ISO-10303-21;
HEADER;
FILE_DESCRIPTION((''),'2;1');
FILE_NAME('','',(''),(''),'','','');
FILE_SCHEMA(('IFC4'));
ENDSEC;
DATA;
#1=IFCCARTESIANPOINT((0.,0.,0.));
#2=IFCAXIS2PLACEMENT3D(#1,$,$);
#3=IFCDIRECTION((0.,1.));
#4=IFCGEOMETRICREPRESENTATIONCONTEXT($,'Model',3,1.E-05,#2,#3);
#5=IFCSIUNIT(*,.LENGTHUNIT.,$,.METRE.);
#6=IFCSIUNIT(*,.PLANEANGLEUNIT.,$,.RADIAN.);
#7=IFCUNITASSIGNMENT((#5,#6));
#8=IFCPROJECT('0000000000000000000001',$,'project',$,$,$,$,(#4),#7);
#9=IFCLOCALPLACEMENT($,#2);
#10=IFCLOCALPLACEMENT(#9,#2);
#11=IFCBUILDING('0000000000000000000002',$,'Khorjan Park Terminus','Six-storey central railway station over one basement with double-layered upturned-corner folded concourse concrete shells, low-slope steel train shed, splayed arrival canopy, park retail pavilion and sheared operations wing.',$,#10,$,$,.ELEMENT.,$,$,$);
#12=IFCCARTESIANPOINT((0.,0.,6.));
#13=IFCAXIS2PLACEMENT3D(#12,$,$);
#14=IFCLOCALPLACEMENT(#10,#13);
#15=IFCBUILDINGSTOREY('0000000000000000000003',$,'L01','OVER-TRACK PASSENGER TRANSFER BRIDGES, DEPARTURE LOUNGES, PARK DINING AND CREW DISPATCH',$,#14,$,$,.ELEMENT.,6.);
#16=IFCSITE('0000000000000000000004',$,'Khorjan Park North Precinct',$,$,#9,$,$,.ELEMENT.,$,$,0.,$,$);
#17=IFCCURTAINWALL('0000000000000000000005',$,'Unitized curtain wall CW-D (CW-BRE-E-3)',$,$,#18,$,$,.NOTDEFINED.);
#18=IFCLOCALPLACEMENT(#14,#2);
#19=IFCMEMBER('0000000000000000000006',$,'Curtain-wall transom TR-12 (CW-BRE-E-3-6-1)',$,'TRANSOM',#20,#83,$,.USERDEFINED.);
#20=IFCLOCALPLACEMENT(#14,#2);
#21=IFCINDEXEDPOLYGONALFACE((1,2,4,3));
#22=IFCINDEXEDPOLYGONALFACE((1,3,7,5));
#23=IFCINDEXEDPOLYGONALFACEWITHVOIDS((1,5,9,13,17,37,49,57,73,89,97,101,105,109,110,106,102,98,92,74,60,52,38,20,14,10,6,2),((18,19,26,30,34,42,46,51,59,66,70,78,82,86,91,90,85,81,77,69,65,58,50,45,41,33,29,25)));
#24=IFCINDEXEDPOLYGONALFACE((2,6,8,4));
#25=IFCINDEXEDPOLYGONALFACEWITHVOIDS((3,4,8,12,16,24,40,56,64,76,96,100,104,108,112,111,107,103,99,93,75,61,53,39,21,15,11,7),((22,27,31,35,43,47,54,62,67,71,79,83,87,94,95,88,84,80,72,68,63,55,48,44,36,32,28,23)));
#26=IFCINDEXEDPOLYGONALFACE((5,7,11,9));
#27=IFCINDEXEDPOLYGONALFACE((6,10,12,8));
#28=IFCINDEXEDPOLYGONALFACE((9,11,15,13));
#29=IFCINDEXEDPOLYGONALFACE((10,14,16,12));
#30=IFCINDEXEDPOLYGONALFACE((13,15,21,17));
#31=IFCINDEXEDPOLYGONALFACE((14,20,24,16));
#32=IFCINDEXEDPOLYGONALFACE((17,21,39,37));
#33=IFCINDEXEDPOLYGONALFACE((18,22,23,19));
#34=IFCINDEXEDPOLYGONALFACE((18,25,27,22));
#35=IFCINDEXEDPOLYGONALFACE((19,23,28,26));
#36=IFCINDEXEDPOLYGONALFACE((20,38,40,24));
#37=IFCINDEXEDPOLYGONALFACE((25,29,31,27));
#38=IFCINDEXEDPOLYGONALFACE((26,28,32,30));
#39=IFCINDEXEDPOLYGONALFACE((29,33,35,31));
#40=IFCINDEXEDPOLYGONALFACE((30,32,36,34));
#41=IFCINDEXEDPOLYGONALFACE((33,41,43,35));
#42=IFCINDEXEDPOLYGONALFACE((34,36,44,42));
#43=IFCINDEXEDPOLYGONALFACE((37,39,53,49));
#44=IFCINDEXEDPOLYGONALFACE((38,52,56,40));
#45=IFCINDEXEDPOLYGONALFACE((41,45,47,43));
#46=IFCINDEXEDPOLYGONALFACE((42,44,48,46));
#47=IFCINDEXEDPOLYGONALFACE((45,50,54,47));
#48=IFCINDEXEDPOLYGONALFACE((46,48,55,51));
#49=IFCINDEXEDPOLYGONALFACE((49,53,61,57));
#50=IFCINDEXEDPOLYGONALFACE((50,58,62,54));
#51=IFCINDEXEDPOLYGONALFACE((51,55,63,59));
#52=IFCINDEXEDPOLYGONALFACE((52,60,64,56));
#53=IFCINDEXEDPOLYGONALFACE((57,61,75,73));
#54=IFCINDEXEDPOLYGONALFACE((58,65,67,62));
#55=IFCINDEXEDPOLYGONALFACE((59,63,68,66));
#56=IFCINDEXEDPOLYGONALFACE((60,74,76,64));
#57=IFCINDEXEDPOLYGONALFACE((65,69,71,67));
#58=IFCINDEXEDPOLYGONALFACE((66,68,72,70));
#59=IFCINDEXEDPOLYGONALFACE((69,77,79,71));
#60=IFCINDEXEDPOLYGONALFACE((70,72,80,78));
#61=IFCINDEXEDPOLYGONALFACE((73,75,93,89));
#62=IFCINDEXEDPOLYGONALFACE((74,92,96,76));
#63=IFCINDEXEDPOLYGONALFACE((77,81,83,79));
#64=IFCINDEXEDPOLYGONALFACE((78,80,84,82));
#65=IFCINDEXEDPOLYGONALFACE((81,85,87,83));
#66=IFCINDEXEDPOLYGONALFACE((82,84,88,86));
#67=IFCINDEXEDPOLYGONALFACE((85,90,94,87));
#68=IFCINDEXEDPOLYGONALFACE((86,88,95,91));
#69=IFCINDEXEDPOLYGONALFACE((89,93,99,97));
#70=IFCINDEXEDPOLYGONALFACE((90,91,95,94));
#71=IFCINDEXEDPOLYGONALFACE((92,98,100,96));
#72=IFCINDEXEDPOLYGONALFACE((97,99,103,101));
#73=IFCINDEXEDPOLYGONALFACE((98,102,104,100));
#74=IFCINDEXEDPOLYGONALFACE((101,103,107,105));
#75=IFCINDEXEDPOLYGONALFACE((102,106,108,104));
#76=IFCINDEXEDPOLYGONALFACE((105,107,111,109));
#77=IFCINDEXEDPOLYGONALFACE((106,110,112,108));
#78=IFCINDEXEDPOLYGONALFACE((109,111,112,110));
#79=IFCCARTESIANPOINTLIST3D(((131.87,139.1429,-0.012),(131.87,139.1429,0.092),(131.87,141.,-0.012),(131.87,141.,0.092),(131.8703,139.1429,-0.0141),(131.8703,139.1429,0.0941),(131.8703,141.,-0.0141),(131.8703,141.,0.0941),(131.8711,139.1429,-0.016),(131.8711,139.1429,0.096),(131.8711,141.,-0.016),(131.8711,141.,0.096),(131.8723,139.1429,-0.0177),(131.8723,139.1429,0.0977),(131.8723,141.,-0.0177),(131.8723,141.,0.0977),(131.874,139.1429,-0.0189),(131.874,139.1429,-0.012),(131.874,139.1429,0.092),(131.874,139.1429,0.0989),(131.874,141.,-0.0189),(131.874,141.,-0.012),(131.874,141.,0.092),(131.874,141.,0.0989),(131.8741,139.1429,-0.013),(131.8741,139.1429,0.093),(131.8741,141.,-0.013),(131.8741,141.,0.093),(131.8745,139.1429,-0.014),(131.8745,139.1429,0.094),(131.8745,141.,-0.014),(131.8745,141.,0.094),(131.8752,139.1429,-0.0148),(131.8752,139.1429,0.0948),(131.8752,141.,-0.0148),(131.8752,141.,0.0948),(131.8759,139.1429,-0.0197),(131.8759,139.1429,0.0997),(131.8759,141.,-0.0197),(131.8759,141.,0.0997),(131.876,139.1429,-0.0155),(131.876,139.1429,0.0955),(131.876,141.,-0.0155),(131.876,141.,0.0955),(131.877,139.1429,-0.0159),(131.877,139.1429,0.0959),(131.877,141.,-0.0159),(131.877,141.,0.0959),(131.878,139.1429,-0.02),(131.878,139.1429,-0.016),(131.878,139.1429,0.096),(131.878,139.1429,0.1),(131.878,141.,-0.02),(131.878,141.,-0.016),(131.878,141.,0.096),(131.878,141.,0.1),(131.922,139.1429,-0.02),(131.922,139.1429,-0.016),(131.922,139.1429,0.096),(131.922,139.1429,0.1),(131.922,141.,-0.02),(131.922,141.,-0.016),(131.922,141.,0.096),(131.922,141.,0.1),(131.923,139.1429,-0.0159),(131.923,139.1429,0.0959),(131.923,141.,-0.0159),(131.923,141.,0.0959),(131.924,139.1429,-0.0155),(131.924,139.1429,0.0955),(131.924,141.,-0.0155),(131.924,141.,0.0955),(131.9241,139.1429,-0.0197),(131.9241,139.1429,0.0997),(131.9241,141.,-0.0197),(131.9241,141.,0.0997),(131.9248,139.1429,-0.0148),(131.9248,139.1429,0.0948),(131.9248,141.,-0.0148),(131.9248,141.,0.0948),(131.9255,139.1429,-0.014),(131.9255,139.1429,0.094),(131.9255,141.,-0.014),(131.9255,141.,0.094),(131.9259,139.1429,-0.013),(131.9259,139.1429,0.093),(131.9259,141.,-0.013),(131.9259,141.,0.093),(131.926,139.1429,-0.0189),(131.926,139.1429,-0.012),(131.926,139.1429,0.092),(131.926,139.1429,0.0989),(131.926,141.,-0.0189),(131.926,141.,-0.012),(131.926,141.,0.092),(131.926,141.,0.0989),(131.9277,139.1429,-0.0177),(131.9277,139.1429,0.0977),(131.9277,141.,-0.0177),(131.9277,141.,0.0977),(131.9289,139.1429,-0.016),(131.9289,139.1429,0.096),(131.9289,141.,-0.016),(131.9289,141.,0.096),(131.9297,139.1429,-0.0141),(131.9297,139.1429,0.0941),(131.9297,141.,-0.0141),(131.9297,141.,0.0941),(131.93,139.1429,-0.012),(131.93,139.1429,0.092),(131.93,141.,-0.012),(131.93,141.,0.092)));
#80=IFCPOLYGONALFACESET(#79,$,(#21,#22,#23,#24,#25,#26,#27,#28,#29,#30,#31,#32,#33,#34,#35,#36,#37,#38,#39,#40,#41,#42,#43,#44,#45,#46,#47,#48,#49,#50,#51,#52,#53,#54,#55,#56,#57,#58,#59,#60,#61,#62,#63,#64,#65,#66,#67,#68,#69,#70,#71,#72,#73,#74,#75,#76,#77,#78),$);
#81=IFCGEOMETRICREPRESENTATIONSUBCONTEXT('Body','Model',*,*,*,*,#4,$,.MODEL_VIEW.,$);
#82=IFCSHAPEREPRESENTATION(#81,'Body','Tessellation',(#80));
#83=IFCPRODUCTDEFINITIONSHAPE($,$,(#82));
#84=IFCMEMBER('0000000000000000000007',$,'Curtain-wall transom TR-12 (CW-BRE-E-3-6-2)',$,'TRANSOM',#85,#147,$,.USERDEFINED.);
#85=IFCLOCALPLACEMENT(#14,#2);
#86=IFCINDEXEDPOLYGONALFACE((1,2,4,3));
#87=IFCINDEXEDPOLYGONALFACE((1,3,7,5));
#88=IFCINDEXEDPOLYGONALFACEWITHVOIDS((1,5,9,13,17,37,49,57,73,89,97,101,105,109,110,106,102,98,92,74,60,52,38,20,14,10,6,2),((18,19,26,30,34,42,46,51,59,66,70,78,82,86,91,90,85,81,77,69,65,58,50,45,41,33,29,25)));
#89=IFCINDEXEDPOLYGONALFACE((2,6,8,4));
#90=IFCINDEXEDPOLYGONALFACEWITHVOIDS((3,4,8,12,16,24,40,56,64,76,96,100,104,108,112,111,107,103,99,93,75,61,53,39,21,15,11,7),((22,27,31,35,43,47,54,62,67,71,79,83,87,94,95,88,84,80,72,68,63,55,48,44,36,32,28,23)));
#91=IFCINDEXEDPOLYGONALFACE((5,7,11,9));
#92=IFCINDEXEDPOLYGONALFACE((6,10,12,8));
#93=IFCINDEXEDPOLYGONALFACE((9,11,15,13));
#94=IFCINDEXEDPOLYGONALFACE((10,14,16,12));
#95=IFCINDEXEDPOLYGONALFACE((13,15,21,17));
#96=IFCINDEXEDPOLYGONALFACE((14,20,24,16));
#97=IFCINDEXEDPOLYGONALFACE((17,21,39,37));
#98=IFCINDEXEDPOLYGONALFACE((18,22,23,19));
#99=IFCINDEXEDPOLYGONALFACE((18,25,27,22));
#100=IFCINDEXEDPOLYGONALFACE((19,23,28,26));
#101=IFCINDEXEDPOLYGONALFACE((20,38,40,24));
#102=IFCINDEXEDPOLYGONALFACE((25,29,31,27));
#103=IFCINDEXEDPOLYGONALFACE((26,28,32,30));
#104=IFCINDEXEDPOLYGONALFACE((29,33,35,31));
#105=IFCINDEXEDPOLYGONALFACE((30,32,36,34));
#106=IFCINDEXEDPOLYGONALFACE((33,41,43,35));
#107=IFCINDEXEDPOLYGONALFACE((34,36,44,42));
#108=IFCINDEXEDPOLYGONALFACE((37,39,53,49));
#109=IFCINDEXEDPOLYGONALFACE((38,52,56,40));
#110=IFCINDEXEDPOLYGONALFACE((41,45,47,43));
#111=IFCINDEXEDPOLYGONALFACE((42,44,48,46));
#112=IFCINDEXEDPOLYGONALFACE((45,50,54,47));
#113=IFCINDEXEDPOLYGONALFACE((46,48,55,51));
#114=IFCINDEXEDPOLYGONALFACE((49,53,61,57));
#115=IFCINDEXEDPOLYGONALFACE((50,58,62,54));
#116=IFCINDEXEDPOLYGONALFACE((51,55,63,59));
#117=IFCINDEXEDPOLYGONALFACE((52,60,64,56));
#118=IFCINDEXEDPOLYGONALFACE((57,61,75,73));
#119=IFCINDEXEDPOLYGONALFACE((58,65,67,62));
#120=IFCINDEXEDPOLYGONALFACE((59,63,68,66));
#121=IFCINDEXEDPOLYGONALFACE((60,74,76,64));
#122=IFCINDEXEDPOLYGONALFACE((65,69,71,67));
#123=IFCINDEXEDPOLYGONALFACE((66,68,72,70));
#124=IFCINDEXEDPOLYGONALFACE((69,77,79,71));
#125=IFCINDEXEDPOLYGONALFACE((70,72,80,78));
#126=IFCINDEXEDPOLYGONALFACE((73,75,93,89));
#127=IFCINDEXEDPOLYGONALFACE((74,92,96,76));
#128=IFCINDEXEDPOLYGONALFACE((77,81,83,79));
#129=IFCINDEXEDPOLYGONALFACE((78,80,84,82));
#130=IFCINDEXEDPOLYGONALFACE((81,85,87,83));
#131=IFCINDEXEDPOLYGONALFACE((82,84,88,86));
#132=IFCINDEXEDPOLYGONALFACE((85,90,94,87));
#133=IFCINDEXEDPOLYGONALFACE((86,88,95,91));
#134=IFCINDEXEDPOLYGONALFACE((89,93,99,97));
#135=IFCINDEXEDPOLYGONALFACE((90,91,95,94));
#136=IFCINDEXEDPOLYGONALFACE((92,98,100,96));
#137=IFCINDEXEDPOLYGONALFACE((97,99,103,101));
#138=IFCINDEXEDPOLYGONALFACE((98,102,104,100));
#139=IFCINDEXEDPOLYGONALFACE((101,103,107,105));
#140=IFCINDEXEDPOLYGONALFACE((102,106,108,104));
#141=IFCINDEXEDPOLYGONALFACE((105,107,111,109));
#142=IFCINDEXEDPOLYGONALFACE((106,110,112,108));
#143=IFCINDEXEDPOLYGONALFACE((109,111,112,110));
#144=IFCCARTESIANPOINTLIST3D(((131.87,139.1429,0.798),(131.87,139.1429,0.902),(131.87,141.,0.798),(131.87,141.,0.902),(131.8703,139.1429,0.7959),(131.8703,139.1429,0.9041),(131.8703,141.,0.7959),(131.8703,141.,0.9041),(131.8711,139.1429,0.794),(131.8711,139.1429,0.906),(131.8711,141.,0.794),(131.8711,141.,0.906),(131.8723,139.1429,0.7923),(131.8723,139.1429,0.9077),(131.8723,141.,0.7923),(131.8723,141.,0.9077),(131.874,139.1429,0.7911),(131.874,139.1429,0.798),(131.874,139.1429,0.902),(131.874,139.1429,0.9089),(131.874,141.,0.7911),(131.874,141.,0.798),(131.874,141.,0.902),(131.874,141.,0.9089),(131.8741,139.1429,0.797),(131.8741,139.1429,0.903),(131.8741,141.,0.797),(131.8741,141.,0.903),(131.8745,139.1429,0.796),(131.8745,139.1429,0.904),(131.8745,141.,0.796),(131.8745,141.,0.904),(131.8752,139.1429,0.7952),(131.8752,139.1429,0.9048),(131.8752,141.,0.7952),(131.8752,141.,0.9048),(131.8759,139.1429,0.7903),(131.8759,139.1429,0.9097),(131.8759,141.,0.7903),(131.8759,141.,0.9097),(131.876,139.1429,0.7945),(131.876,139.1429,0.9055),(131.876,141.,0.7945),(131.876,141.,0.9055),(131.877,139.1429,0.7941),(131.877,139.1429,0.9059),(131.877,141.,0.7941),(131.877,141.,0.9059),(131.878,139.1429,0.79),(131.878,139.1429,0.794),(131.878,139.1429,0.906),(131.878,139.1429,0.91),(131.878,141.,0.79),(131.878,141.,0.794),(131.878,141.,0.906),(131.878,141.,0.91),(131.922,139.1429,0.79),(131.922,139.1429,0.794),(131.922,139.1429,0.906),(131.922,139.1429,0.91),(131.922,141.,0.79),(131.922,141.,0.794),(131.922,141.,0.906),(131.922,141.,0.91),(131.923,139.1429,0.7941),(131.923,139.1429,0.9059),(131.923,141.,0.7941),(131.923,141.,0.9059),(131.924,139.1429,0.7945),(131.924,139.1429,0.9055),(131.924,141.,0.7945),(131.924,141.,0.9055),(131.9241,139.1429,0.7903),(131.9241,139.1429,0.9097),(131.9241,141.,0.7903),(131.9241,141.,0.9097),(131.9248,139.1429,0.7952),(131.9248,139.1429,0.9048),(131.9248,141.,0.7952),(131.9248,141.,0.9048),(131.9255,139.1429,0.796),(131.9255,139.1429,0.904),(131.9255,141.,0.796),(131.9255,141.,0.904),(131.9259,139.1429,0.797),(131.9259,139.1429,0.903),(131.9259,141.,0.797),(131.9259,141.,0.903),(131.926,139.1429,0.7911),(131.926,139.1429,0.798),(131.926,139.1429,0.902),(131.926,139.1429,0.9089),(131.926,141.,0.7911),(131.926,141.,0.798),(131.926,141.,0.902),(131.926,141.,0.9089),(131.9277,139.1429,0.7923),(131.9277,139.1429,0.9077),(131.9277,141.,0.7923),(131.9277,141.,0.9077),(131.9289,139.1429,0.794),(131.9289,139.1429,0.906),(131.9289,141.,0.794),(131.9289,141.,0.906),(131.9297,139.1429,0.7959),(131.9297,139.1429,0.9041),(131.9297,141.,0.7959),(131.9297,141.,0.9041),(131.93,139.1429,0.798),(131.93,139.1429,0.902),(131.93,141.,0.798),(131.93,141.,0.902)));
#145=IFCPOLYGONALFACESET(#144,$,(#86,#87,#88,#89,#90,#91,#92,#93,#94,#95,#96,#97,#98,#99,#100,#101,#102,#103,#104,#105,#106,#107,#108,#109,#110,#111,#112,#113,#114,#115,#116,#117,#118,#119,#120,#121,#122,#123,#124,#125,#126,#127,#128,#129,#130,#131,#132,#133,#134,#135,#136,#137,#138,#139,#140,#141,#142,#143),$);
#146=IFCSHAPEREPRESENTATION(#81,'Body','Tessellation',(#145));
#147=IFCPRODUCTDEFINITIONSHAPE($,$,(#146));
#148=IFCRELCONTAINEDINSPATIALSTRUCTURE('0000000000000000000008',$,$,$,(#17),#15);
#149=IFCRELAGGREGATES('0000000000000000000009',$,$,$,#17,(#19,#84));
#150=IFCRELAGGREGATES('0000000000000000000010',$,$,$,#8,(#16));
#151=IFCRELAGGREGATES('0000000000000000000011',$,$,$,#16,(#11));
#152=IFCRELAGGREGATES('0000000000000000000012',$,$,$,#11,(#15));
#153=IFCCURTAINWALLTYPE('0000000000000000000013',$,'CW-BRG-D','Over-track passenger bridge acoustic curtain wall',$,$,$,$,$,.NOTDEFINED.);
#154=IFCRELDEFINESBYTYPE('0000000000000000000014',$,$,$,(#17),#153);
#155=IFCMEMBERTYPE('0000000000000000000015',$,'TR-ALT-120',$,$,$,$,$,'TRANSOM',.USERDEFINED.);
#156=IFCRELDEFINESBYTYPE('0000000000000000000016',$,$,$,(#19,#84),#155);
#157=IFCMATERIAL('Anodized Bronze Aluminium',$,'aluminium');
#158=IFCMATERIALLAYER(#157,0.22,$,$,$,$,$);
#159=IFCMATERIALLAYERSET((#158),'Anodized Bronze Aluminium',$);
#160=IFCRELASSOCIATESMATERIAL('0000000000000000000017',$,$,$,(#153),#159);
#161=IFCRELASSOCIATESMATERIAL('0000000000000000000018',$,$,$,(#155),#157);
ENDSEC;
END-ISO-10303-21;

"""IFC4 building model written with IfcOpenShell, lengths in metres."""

from ifc_helpers import new_model, si_unit, direction, frame, origin, origin_2d, place, context, subcontext, project, spatial, hollow_rectangle, extrude, material, layer, layer_set, material_profile, profile_set, type_object, element, aggregate, save


model = new_model("IFC4")

# Units and contexts
model_context = context("Model", 3, precision=1e-05, world=origin(), true_north=direction((0.0, 1.0)))
body_context = subcontext(model_context, "Body", "Model", "MODEL_VIEW")
ifc_project = project(units=[si_unit("LENGTHUNIT", "METRE"), si_unit("PLANEANGLEUNIT", "RADIAN")], contexts=[model_context])

# Site, building, storey
site_placement = place(None, origin())
site = spatial("IfcSite", under=ifc_project, at=site_placement, Name="Khorjan Park North Precinct", CompositionType="ELEMENT", RefElevation=0.0)
building_placement = place(site_placement, origin())
building = spatial("IfcBuilding", under=site, at=building_placement, Name="Khorjan Park Terminus", Description="Six-storey central railway station over one basement with double-layered upturned-corner folded concourse concrete shells, low-slope steel train shed, splayed arrival canopy, park retail pavilion and sheared operations wing.", CompositionType="ELEMENT")
storey_placement = place(building_placement, frame((0.0, 0.0, 6.0)))
storey = spatial("IfcBuildingStorey", under=building, at=storey_placement, Name="L01", Description="OVER-TRACK PASSENGER TRANSFER BRIDGES, DEPARTURE LOUNGES, PARK DINING AND CREW DISPATCH", CompositionType="ELEMENT", Elevation=6.0)

# Curtain wall
ifc_material_1 = material(Name="Anodized Bronze Aluminium", Category="aluminium")
ifc_layer_1 = layer(ifc_material_1, 0.22)
ifc_layer_set_1 = layer_set([ifc_layer_1], Name="Anodized Bronze Aluminium")
curtain_wall_type = type_object("IfcCurtainWallType", Name="CW-BRG-D", Description="Over-track passenger bridge acoustic curtain wall", PredefinedType="NOTDEFINED", material=ifc_layer_set_1)
curtain_wall_1_placement = place(storey_placement, origin())
curtain_wall_1 = element("IfcCurtainWall", 1, at=curtain_wall_1_placement, inside=storey, type_object=curtain_wall_type, Name="Unitized curtain wall CW-D (CW-BRE-E-3)", PredefinedType="NOTDEFINED")

# Members
ifc_material_profile_1 = material_profile(ifc_material_1, hollow_rectangle(XDim=0.06, YDim=0.12, WallThickness=0.004, InnerFilletRadius=0.004, OuterFilletRadius=0.008, at=origin_2d()), Name="ALT 60x120x4")
ifc_profile_set_1 = profile_set([ifc_material_profile_1], Name="Anodized Bronze Aluminium")
member_type_1 = type_object("IfcMemberType", Name="TR-ALT-120", ElementType="TRANSOM", PredefinedType="USERDEFINED", material=ifc_profile_set_1)
member_1_placement = place(storey_placement, frame((131.9, 139.1429, 0.04), z_axis=(0.0, 1.0, 0.0), x_axis=(-1.0, 0.0, 0.0)))
member_1 = element("IfcMember", 2, at=member_1_placement, type_object=member_type_1, Name="Curtain-wall transom TR-12 (CW-BRE-E-3-6-1)", ObjectType="TRANSOM", PredefinedType="USERDEFINED", context=body_context, shape_type="SweptSolid", body=[
    extrude(hollow_rectangle(XDim=0.06, YDim=0.12, WallThickness=0.004, InnerFilletRadius=0.004, OuterFilletRadius=0.008, at=origin_2d()), origin(), (0.0, 0.0, 1.0), 1.8571),
])
member_2_placement = place(storey_placement, frame((131.9, 139.1429, 0.85), z_axis=(0.0, 1.0, 0.0), x_axis=(-1.0, 0.0, 0.0)))
member_2 = element("IfcMember", 3, at=member_2_placement, type_object=member_type_1, Name="Curtain-wall transom TR-12 (CW-BRE-E-3-6-2)", ObjectType="TRANSOM", PredefinedType="USERDEFINED", context=body_context, shape_type="SweptSolid", body=[
    extrude(hollow_rectangle(XDim=0.06, YDim=0.12, WallThickness=0.004, InnerFilletRadius=0.004, OuterFilletRadius=0.008, at=origin_2d()), origin(), (0.0, 0.0, 1.0), 1.8571),
])

aggregate(curtain_wall_1, [member_1, member_2])

save(model, "model.ifc")
